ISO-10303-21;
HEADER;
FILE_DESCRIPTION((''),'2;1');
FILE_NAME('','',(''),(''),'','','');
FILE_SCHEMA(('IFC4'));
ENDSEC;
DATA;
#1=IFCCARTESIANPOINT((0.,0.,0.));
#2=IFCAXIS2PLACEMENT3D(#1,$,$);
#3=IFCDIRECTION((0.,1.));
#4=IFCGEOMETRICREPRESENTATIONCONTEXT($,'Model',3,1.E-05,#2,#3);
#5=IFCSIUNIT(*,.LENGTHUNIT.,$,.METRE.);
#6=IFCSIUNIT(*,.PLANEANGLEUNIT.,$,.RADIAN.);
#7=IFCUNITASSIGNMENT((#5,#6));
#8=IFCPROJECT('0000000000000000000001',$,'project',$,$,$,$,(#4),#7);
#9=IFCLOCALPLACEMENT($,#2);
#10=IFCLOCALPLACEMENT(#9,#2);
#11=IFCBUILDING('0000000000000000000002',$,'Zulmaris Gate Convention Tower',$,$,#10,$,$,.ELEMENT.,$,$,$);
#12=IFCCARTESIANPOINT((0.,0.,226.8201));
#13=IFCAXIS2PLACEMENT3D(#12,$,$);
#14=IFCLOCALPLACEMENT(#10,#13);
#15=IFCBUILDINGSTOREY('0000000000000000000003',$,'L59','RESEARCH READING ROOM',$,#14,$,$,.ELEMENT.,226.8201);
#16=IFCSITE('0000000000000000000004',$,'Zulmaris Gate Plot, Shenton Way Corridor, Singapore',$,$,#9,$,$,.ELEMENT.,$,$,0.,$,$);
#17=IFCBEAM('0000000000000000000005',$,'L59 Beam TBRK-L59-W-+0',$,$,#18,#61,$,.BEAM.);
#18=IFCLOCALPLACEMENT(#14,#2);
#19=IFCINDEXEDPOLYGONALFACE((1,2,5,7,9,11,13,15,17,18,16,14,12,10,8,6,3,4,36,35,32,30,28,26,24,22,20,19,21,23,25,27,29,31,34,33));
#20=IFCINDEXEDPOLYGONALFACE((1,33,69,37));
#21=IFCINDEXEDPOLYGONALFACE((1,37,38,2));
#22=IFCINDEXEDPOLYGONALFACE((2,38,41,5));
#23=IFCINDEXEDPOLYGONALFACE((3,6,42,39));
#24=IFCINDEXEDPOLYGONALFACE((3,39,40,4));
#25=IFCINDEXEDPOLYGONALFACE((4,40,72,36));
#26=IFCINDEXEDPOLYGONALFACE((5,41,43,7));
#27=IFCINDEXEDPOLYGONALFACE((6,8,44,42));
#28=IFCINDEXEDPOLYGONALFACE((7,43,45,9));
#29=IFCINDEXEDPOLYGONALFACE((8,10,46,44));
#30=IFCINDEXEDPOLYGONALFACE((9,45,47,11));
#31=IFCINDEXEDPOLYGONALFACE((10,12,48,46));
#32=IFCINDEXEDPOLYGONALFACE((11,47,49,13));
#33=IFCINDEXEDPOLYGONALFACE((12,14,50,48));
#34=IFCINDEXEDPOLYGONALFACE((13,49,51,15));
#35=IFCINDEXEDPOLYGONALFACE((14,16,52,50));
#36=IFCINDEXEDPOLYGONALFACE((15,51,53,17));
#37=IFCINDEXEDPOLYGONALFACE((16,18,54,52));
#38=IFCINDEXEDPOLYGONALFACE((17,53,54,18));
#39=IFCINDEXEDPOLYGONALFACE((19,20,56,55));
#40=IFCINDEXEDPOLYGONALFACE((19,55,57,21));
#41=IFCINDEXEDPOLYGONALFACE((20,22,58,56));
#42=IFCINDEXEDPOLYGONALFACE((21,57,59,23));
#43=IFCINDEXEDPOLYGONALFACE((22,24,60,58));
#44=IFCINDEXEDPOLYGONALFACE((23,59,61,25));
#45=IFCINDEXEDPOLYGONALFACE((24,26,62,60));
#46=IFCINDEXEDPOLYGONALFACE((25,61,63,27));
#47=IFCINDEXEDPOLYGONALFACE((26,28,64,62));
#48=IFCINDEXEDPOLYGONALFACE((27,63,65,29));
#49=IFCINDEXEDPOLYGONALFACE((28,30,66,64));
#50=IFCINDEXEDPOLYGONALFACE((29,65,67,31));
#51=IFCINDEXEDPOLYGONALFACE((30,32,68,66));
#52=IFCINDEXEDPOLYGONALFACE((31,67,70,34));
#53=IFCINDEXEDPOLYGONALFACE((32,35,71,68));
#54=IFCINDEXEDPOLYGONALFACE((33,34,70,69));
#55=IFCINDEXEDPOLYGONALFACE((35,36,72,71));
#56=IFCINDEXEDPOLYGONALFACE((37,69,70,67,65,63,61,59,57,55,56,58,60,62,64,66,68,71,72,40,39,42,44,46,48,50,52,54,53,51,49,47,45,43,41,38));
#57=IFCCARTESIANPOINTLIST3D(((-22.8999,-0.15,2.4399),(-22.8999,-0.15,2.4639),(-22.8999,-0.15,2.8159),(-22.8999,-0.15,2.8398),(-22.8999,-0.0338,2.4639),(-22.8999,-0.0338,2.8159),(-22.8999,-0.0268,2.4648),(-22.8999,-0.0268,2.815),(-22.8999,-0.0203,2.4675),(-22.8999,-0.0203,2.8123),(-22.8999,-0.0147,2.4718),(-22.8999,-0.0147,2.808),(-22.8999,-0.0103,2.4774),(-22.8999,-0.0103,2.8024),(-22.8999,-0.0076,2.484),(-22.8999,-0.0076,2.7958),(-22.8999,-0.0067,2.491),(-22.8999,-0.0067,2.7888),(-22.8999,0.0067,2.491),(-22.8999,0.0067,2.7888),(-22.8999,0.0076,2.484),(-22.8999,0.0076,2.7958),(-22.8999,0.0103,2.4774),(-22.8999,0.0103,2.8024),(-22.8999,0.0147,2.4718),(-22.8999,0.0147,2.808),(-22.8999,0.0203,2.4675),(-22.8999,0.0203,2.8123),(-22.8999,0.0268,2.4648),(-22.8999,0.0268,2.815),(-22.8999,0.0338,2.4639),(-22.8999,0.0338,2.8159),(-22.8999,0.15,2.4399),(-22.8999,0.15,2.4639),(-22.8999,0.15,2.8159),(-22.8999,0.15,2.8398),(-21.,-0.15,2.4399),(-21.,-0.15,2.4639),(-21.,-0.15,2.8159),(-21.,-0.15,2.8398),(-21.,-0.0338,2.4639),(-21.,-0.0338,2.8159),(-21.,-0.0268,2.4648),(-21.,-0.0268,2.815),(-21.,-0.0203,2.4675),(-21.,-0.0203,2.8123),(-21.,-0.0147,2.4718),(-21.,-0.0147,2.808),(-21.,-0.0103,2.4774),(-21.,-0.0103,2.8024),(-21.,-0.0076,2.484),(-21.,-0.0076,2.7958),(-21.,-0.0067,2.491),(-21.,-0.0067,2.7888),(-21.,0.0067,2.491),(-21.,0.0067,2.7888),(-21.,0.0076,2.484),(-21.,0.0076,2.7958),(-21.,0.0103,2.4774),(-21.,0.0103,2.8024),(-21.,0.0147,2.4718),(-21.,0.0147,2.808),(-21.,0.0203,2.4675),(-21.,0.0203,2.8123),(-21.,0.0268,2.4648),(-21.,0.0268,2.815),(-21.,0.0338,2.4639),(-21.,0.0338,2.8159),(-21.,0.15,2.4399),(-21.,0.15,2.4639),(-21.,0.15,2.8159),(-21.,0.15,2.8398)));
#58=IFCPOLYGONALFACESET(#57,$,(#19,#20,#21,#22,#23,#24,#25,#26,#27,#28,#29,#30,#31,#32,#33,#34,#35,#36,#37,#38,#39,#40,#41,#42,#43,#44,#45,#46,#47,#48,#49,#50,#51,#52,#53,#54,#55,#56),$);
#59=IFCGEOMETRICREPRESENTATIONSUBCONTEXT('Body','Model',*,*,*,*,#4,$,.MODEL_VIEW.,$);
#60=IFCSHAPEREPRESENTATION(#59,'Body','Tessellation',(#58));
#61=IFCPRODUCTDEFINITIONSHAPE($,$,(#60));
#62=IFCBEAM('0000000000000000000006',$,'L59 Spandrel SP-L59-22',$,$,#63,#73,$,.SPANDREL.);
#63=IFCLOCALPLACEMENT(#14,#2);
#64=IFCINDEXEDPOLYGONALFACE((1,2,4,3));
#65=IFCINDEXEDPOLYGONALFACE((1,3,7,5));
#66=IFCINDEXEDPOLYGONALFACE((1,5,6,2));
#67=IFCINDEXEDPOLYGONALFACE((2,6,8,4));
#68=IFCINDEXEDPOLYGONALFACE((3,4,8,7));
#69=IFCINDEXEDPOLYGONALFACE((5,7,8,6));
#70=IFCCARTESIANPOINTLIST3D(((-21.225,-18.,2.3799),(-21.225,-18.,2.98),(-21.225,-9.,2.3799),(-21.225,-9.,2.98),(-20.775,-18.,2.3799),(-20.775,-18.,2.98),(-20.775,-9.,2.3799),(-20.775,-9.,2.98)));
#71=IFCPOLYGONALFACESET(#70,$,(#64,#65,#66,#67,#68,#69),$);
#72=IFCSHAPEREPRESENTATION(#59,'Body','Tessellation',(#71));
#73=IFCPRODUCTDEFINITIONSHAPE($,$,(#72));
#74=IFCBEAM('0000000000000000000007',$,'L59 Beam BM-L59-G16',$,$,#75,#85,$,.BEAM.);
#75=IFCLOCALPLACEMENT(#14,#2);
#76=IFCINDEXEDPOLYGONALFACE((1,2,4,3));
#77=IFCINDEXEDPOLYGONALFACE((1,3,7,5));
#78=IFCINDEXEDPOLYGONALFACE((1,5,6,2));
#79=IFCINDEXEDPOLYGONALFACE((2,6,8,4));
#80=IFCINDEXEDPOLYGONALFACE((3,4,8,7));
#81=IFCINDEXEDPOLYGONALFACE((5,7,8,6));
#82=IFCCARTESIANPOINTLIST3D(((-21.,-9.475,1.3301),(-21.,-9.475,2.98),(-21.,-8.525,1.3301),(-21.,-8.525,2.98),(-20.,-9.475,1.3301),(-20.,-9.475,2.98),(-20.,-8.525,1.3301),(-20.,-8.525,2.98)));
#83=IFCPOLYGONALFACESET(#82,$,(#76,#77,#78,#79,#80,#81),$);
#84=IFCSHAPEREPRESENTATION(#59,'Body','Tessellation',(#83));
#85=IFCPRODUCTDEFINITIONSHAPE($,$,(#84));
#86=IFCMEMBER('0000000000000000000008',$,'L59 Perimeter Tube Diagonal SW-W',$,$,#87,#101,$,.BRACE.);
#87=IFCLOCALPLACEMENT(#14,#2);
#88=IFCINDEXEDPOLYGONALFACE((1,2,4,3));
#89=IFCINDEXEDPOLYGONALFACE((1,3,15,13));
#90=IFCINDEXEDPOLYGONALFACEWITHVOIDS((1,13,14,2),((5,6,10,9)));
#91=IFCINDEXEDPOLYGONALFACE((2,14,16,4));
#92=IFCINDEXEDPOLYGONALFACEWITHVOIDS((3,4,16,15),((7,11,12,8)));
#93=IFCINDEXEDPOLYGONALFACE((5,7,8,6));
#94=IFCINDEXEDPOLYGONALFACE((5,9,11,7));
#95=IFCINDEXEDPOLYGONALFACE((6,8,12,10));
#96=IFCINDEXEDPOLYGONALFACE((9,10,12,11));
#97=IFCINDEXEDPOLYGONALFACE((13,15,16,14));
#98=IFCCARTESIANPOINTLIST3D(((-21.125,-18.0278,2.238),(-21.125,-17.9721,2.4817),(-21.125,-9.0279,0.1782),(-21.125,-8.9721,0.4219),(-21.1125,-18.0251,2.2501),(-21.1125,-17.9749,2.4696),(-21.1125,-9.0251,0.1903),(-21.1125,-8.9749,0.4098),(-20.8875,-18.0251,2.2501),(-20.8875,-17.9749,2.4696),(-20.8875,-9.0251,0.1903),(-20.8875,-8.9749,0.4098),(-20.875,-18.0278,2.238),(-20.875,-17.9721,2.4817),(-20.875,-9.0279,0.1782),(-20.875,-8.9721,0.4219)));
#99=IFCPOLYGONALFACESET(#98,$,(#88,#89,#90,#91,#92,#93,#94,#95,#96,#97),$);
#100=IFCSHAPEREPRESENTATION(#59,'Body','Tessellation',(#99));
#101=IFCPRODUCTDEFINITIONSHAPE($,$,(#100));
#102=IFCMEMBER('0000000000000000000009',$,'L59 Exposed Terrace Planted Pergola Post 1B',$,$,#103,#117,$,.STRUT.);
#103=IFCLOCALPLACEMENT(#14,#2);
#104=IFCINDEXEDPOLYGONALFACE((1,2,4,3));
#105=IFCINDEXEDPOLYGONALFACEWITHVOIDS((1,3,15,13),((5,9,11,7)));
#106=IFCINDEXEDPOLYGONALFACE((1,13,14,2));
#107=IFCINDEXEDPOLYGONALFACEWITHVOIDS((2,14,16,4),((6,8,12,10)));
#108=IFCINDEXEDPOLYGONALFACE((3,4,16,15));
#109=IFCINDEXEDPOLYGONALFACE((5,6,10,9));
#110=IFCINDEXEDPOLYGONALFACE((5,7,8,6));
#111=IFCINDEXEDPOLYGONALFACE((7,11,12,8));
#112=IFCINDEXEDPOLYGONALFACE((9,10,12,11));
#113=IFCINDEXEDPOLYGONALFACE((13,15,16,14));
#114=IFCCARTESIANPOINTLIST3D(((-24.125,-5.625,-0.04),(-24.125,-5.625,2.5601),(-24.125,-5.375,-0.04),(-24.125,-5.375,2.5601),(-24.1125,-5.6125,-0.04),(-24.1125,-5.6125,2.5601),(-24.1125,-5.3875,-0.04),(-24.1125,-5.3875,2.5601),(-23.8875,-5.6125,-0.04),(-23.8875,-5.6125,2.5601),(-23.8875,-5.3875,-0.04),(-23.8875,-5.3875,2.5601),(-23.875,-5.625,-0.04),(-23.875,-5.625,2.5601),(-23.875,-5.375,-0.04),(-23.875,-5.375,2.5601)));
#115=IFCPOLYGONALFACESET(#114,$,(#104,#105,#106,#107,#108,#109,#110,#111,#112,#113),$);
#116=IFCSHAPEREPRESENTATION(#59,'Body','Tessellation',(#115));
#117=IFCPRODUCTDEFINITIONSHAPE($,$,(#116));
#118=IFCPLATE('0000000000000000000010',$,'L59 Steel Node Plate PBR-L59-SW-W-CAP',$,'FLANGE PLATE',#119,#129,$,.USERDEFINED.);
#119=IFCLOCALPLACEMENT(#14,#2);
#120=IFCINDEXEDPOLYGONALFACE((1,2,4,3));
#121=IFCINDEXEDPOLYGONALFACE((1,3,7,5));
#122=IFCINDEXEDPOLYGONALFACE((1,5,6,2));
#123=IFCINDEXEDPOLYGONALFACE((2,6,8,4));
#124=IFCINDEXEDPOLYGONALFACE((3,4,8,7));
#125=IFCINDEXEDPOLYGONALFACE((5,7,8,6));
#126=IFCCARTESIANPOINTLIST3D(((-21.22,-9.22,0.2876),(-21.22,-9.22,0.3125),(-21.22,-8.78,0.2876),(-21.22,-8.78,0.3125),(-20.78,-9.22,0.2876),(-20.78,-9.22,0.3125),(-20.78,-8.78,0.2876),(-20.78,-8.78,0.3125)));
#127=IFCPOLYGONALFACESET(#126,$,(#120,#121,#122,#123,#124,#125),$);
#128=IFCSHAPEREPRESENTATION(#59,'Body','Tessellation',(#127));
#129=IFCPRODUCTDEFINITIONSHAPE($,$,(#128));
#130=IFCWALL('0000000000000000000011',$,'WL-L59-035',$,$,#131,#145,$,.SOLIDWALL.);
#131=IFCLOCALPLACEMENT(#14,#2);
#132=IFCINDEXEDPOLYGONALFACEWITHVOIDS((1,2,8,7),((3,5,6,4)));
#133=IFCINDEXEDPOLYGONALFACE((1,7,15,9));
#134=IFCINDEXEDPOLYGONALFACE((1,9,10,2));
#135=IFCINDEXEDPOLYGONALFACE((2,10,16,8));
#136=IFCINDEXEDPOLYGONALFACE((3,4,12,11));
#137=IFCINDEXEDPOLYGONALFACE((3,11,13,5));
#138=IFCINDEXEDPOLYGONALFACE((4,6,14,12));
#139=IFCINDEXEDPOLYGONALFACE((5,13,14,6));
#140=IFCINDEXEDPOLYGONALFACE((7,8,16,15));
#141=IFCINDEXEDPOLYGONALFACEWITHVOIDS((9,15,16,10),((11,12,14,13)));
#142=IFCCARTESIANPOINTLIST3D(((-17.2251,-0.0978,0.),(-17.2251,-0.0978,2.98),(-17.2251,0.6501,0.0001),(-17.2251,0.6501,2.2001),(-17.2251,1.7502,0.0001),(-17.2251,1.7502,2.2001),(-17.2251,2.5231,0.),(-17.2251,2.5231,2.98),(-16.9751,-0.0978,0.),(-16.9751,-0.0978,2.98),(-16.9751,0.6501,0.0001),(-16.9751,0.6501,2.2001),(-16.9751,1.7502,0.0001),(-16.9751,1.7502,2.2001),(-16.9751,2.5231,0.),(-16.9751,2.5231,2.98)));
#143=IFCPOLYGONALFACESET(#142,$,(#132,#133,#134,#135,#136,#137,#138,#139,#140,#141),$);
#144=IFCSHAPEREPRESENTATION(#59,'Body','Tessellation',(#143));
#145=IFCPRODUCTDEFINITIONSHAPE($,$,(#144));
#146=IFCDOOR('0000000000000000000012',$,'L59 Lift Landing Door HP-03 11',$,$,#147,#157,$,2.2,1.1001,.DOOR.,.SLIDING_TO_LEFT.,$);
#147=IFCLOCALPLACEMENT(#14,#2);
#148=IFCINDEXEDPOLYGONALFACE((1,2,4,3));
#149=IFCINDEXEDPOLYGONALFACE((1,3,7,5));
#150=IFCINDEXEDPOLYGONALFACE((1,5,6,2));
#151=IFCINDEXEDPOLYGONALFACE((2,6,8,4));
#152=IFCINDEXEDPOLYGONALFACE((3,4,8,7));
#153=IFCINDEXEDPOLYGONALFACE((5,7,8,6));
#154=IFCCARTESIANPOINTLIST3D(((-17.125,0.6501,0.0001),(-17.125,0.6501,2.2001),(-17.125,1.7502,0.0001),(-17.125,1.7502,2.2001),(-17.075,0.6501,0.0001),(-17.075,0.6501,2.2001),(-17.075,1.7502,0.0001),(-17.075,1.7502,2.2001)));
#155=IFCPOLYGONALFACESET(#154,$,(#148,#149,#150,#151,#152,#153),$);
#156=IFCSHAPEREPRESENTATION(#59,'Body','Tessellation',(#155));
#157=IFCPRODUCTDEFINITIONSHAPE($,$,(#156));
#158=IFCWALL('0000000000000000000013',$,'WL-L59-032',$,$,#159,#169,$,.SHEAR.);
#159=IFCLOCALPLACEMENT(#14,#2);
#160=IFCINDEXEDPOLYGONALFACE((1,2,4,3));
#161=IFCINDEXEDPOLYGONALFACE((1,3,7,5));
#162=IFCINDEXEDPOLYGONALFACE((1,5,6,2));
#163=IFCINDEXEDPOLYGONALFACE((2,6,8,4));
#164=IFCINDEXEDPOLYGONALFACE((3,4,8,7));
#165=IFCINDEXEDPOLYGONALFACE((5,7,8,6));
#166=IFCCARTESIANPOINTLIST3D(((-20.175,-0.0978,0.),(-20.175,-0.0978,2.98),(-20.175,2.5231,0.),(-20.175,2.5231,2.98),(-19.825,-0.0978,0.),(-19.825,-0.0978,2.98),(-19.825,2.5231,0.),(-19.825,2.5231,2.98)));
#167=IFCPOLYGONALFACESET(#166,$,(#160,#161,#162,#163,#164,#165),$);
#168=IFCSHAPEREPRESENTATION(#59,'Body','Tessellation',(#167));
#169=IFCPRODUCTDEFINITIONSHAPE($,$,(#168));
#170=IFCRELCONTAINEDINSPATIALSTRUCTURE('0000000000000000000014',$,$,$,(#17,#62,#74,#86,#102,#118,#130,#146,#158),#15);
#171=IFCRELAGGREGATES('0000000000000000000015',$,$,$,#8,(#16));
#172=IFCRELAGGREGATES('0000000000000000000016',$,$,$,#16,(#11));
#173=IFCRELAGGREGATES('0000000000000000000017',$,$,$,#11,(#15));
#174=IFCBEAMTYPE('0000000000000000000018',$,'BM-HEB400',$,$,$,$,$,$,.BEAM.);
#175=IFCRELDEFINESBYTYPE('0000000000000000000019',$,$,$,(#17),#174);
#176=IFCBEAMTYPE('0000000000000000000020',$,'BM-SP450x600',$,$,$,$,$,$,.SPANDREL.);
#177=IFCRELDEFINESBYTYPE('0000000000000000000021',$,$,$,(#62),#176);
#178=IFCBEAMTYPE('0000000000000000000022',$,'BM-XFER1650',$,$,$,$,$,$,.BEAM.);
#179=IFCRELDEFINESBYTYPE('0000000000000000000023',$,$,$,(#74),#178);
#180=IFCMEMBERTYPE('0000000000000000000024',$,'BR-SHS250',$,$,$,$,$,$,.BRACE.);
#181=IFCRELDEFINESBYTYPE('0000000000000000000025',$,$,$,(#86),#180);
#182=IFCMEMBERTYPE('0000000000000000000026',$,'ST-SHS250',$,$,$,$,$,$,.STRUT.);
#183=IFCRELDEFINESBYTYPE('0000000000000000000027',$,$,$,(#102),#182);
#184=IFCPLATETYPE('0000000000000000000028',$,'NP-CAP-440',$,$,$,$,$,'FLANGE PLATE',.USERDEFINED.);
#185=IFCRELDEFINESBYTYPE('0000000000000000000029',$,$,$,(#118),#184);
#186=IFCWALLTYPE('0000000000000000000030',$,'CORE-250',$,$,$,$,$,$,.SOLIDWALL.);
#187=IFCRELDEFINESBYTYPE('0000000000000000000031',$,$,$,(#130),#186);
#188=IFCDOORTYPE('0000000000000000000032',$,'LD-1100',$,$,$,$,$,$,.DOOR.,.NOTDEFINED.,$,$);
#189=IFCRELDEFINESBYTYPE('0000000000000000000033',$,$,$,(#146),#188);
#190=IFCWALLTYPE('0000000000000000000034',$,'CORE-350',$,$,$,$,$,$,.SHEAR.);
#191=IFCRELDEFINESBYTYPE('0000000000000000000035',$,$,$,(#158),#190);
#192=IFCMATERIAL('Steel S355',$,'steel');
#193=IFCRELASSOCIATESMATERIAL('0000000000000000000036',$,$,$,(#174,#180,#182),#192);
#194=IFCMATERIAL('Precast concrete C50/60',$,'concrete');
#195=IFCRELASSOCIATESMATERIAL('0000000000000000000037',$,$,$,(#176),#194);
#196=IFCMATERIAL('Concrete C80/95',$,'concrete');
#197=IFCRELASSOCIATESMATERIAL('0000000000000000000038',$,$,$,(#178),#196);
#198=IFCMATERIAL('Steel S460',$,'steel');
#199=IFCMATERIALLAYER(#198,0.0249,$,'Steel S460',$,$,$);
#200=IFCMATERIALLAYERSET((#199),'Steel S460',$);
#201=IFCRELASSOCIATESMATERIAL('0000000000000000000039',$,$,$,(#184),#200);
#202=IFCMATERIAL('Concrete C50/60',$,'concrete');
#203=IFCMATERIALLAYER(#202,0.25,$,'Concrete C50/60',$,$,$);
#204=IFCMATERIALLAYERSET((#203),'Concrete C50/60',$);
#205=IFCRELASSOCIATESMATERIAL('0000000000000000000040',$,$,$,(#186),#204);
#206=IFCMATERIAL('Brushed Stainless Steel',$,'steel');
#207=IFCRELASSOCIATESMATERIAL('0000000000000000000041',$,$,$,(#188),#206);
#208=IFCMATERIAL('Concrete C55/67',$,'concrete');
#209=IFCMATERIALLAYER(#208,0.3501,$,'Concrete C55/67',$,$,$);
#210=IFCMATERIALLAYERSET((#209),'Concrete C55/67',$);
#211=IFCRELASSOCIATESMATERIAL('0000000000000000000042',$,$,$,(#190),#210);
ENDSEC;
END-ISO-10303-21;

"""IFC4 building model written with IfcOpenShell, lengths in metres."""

from ifc_helpers import new_model, si_unit, direction, frame, frame_2d, origin, origin_2d, place, context, subcontext, project, spatial, rectangle, hollow_rectangle, i_section, extrude, material, layer, layer_set, material_profile, profile_set, type_object, element, fill, save


model = new_model("IFC4")

# Units and contexts
model_context = context("Model", 3, precision=1e-05, world=origin(), true_north=direction((0.0, 1.0)))
body_context = subcontext(model_context, "Body", "Model", "MODEL_VIEW")
ifc_project = project(units=[si_unit("LENGTHUNIT", "METRE"), si_unit("PLANEANGLEUNIT", "RADIAN")], contexts=[model_context])

# Site, building, storey
site_placement = place(None, origin())
site = spatial("IfcSite", under=ifc_project, at=site_placement, Name="Zulmaris Gate Plot, Shenton Way Corridor, Singapore", CompositionType="ELEMENT", RefElevation=0.0)
building_placement = place(site_placement, origin())
building = spatial("IfcBuilding", under=site, at=building_placement, Name="Zulmaris Gate Convention Tower", CompositionType="ELEMENT")
storey_placement = place(building_placement, frame((0.0, 0.0, 226.8201)))
storey = spatial("IfcBuildingStorey", under=building, at=storey_placement, Name="L59", Description="RESEARCH READING ROOM", CompositionType="ELEMENT", Elevation=226.8201)

# Beams
ifc_material_1 = material(Name="Steel S355", Category="steel")
ifc_material_profile_1 = material_profile(ifc_material_1, i_section(OverallWidth=0.3, OverallDepth=0.3999, WebThickness=0.0134, FlangeThickness=0.0239, FilletRadius=0.0271, at=origin_2d()), Name="HEB 400")
ifc_profile_set_1 = profile_set([ifc_material_profile_1], Name="Steel S355")
beam_type_1 = type_object("IfcBeamType", Name="BM-HEB400", PredefinedType="BEAM", material=ifc_profile_set_1)
beam_1_placement = place(storey_placement, frame((-22.8999, 0.0, 2.6399), z_axis=(1.0, 0.0, 0.0), x_axis=(0.0, 1.0, 0.0)))
element("IfcBeam", 1, at=beam_1_placement, inside=storey, type_object=beam_type_1, Name="L59 Beam TBRK-L59-W-+0", PredefinedType="BEAM", context=body_context, shape_type="SweptSolid", body=[
    extrude(i_section(OverallWidth=0.3, OverallDepth=0.3999, WebThickness=0.0134, FlangeThickness=0.0239, FilletRadius=0.0271, at=origin_2d()), origin(), (0.0, 0.0, 1.0), 1.8999),
])
ifc_material_2 = material(Name="Precast concrete C50/60", Category="concrete")
ifc_material_profile_2 = material_profile(ifc_material_2, rectangle(XDim=0.45, YDim=0.6001, at=origin_2d()), Name="RC SPANDREL 450x600")
ifc_profile_set_2 = profile_set([ifc_material_profile_2], Name="Precast concrete C50/60")
beam_type_2 = type_object("IfcBeamType", Name="BM-SP450x600", PredefinedType="SPANDREL", material=ifc_profile_set_2)
beam_2_placement = place(storey_placement, frame((-21.0, -9.0, 2.6799), z_axis=(0.0, -1.0, 0.0), x_axis=(1.0, 0.0, 0.0)))
element("IfcBeam", 2, at=beam_2_placement, inside=storey, type_object=beam_type_2, Name="L59 Spandrel SP-L59-22", PredefinedType="SPANDREL", context=body_context, shape_type="SweptSolid", body=[
    extrude(rectangle(XDim=0.45, YDim=0.6001, at=origin_2d()), origin(), (0.0, 0.0, 1.0), 9.0),
])
ifc_material_3 = material(Name="Concrete C80/95", Category="concrete")
ifc_material_profile_3 = material_profile(ifc_material_3, rectangle(XDim=0.95, YDim=1.6499, at=origin_2d()), Name="RC TRANSFER 950x1650")
ifc_profile_set_3 = profile_set([ifc_material_profile_3], Name="Concrete C80/95")
beam_type_3 = type_object("IfcBeamType", Name="BM-XFER1650", PredefinedType="BEAM", material=ifc_profile_set_3)
beam_3_placement = place(storey_placement, frame((-21.0, -9.0, 2.155), z_axis=(1.0, 0.0, 0.0), x_axis=(0.0, 1.0, 0.0)))
element("IfcBeam", 3, at=beam_3_placement, inside=storey, type_object=beam_type_3, Name="L59 Beam BM-L59-G16", PredefinedType="BEAM", context=body_context, shape_type="SweptSolid", body=[
    extrude(rectangle(XDim=0.95, YDim=1.6499, at=origin_2d()), origin(), (0.0, 0.0, 1.0), 1.0),
])

# Members
ifc_material_profile_4 = material_profile(ifc_material_1, hollow_rectangle(XDim=0.25, YDim=0.25, WallThickness=0.0125, at=origin_2d()), Name="SHS 250x250x12.5")
ifc_profile_set_4 = profile_set([ifc_material_profile_4], Name="Steel S355")
member_type_1 = type_object("IfcMemberType", Name="BR-SHS250", PredefinedType="BRACE", material=ifc_profile_set_4)
member_1_placement = place(storey_placement, frame((-21.0, -9.0, 0.3), z_axis=(0.0, -0.974796, 0.2231), x_axis=(1.0, 0.0, 0.0)))
element("IfcMember", 4, at=member_1_placement, inside=storey, type_object=member_type_1, Name="L59 Perimeter Tube Diagonal SW-W", PredefinedType="BRACE", context=body_context, shape_type="SweptSolid", body=[
    extrude(hollow_rectangle(XDim=0.25, YDim=0.25, WallThickness=0.0125, at=origin_2d()), origin(), (0.0, 0.0, 1.0), 9.2327),
])
ifc_material_profile_5 = material_profile(ifc_material_1, hollow_rectangle(XDim=0.25, YDim=0.25, WallThickness=0.0125, at=origin_2d()), Name="SHS 250x250x12.5")
ifc_profile_set_5 = profile_set([ifc_material_profile_5], Name="Steel S355")
member_type_2 = type_object("IfcMemberType", Name="ST-SHS250", PredefinedType="STRUT", material=ifc_profile_set_5)
member_2_placement = place(storey_placement, frame((-24.0, -5.5, -0.04), z_axis=(0.0, 0.0, 1.0), x_axis=(1.0, 0.0, 0.0)))
element("IfcMember", 5, at=member_2_placement, inside=storey, type_object=member_type_2, Name="L59 Exposed Terrace Planted Pergola Post 1B", PredefinedType="STRUT", context=body_context, shape_type="SweptSolid", body=[
    extrude(hollow_rectangle(XDim=0.25, YDim=0.25, WallThickness=0.0125, at=origin_2d()), origin(), (0.0, 0.0, 1.0), 2.6001),
])

# Plate
ifc_material_4 = material(Name="Steel S460", Category="steel")
ifc_layer_1 = layer(ifc_material_4, 0.0249, Name="Steel S460")
ifc_layer_set_1 = layer_set([ifc_layer_1], Name="Steel S460")
plate_type = type_object("IfcPlateType", Name="NP-CAP-440", ElementType="FLANGE PLATE", PredefinedType="USERDEFINED", material=ifc_layer_set_1)
plate_placement = place(storey_placement, frame((-21.0, -9.0, 0.2876), z_axis=(0.0, 0.0, 1.0), x_axis=(1.0, 0.0, 0.0)))
element("IfcPlate", 6, at=plate_placement, inside=storey, type_object=plate_type, Name="L59 Steel Node Plate PBR-L59-SW-W-CAP", ObjectType="FLANGE PLATE", PredefinedType="USERDEFINED", context=body_context, shape_type="SweptSolid", body=[
    extrude(rectangle(XDim=0.4399, YDim=0.4399, at=origin_2d()), origin(), (0.0, 0.0, 1.0), 0.0249),
])

# Wall, opening, door
ifc_material_5 = material(Name="Concrete C50/60", Category="concrete")
ifc_layer_2 = layer(ifc_material_5, 0.25, Name="Concrete C50/60")
ifc_layer_set_2 = layer_set([ifc_layer_2], Name="Concrete C50/60")
wall_type_1 = type_object("IfcWallType", Name="CORE-250", PredefinedType="SOLIDWALL", material=ifc_layer_set_2)
wall_1_placement = place(storey_placement, frame((-17.1001, -0.0979, 0.0), z_axis=(0.0, 0.0, 1.0), x_axis=(0.0, 1.0, 0.0)))
wall_1 = element("IfcWall", 7, at=wall_1_placement, inside=storey, type_object=wall_type_1, Name="WL-L59-035", PredefinedType="SOLIDWALL", context=body_context, shape_type="SweptSolid", body=[
    extrude(rectangle(XDim=2.6208, YDim=0.25, at=frame_2d((1.3105, 0.0))), origin(), (0.0, 0.0, 1.0), 2.98),
])
opening_1_placement = place(wall_1_placement, frame((0.748, 0.0, 0.0)))
opening_1 = element("IfcOpeningElement", 8, at=opening_1_placement, cuts=wall_1, PredefinedType="OPENING", context=body_context, shape_type="SweptSolid", body=[
    extrude(rectangle(XDim=1.1001, YDim=2.2, at=frame_2d((0.55, 1.1001))), frame((0.0, 0.135, 0.0), z_axis=(0.0, -1.0, 0.0), x_axis=(1.0, 0.0, 0.0)), (0.0, 0.0, 1.0), 0.27),
])
ifc_material_6 = material(Name="Brushed Stainless Steel", Category="steel")
door_type_1 = type_object("IfcDoorType", Name="LD-1100", OperationType="NOTDEFINED", PredefinedType="DOOR", material=ifc_material_6)
door_1_placement = place(opening_1_placement, origin())
door_1 = element("IfcDoor", 9, at=door_1_placement, inside=storey, type_object=door_type_1, Name="L59 Lift Landing Door HP-03 11", OperationType="SLIDING_TO_LEFT", OverallHeight=2.2, OverallWidth=1.1001, PredefinedType="DOOR", context=body_context, shape_type="SweptSolid", body=[
    extrude(rectangle(XDim=1.1001, YDim=2.2, at=frame_2d((0.55, 1.1001))), frame((0.0, 0.0249, 0.0), z_axis=(0.0, -1.0, 0.0), x_axis=(1.0, 0.0, 0.0)), (0.0, 0.0, 1.0), 0.05),
])
fill(opening_1, door_1)

# Wall
ifc_material_7 = material(Name="Concrete C55/67", Category="concrete")
ifc_layer_3 = layer(ifc_material_7, 0.3501, Name="Concrete C55/67")
ifc_layer_set_3 = layer_set([ifc_layer_3], Name="Concrete C55/67")
wall_type_2 = type_object("IfcWallType", Name="CORE-350", PredefinedType="SHEAR", material=ifc_layer_set_3)
wall_2_placement = place(storey_placement, frame((-20.0, -0.0979, 0.0), z_axis=(0.0, 0.0, 1.0), x_axis=(0.0, 1.0, 0.0)))
element("IfcWall", 10, at=wall_2_placement, inside=storey, type_object=wall_type_2, Name="WL-L59-032", PredefinedType="SHEAR", context=body_context, shape_type="SweptSolid", body=[
    extrude(rectangle(XDim=2.6208, YDim=0.3501, at=frame_2d((1.3105, 0.0))), origin(), (0.0, 0.0, 1.0), 2.98),
])

save(model, "model.ifc")
